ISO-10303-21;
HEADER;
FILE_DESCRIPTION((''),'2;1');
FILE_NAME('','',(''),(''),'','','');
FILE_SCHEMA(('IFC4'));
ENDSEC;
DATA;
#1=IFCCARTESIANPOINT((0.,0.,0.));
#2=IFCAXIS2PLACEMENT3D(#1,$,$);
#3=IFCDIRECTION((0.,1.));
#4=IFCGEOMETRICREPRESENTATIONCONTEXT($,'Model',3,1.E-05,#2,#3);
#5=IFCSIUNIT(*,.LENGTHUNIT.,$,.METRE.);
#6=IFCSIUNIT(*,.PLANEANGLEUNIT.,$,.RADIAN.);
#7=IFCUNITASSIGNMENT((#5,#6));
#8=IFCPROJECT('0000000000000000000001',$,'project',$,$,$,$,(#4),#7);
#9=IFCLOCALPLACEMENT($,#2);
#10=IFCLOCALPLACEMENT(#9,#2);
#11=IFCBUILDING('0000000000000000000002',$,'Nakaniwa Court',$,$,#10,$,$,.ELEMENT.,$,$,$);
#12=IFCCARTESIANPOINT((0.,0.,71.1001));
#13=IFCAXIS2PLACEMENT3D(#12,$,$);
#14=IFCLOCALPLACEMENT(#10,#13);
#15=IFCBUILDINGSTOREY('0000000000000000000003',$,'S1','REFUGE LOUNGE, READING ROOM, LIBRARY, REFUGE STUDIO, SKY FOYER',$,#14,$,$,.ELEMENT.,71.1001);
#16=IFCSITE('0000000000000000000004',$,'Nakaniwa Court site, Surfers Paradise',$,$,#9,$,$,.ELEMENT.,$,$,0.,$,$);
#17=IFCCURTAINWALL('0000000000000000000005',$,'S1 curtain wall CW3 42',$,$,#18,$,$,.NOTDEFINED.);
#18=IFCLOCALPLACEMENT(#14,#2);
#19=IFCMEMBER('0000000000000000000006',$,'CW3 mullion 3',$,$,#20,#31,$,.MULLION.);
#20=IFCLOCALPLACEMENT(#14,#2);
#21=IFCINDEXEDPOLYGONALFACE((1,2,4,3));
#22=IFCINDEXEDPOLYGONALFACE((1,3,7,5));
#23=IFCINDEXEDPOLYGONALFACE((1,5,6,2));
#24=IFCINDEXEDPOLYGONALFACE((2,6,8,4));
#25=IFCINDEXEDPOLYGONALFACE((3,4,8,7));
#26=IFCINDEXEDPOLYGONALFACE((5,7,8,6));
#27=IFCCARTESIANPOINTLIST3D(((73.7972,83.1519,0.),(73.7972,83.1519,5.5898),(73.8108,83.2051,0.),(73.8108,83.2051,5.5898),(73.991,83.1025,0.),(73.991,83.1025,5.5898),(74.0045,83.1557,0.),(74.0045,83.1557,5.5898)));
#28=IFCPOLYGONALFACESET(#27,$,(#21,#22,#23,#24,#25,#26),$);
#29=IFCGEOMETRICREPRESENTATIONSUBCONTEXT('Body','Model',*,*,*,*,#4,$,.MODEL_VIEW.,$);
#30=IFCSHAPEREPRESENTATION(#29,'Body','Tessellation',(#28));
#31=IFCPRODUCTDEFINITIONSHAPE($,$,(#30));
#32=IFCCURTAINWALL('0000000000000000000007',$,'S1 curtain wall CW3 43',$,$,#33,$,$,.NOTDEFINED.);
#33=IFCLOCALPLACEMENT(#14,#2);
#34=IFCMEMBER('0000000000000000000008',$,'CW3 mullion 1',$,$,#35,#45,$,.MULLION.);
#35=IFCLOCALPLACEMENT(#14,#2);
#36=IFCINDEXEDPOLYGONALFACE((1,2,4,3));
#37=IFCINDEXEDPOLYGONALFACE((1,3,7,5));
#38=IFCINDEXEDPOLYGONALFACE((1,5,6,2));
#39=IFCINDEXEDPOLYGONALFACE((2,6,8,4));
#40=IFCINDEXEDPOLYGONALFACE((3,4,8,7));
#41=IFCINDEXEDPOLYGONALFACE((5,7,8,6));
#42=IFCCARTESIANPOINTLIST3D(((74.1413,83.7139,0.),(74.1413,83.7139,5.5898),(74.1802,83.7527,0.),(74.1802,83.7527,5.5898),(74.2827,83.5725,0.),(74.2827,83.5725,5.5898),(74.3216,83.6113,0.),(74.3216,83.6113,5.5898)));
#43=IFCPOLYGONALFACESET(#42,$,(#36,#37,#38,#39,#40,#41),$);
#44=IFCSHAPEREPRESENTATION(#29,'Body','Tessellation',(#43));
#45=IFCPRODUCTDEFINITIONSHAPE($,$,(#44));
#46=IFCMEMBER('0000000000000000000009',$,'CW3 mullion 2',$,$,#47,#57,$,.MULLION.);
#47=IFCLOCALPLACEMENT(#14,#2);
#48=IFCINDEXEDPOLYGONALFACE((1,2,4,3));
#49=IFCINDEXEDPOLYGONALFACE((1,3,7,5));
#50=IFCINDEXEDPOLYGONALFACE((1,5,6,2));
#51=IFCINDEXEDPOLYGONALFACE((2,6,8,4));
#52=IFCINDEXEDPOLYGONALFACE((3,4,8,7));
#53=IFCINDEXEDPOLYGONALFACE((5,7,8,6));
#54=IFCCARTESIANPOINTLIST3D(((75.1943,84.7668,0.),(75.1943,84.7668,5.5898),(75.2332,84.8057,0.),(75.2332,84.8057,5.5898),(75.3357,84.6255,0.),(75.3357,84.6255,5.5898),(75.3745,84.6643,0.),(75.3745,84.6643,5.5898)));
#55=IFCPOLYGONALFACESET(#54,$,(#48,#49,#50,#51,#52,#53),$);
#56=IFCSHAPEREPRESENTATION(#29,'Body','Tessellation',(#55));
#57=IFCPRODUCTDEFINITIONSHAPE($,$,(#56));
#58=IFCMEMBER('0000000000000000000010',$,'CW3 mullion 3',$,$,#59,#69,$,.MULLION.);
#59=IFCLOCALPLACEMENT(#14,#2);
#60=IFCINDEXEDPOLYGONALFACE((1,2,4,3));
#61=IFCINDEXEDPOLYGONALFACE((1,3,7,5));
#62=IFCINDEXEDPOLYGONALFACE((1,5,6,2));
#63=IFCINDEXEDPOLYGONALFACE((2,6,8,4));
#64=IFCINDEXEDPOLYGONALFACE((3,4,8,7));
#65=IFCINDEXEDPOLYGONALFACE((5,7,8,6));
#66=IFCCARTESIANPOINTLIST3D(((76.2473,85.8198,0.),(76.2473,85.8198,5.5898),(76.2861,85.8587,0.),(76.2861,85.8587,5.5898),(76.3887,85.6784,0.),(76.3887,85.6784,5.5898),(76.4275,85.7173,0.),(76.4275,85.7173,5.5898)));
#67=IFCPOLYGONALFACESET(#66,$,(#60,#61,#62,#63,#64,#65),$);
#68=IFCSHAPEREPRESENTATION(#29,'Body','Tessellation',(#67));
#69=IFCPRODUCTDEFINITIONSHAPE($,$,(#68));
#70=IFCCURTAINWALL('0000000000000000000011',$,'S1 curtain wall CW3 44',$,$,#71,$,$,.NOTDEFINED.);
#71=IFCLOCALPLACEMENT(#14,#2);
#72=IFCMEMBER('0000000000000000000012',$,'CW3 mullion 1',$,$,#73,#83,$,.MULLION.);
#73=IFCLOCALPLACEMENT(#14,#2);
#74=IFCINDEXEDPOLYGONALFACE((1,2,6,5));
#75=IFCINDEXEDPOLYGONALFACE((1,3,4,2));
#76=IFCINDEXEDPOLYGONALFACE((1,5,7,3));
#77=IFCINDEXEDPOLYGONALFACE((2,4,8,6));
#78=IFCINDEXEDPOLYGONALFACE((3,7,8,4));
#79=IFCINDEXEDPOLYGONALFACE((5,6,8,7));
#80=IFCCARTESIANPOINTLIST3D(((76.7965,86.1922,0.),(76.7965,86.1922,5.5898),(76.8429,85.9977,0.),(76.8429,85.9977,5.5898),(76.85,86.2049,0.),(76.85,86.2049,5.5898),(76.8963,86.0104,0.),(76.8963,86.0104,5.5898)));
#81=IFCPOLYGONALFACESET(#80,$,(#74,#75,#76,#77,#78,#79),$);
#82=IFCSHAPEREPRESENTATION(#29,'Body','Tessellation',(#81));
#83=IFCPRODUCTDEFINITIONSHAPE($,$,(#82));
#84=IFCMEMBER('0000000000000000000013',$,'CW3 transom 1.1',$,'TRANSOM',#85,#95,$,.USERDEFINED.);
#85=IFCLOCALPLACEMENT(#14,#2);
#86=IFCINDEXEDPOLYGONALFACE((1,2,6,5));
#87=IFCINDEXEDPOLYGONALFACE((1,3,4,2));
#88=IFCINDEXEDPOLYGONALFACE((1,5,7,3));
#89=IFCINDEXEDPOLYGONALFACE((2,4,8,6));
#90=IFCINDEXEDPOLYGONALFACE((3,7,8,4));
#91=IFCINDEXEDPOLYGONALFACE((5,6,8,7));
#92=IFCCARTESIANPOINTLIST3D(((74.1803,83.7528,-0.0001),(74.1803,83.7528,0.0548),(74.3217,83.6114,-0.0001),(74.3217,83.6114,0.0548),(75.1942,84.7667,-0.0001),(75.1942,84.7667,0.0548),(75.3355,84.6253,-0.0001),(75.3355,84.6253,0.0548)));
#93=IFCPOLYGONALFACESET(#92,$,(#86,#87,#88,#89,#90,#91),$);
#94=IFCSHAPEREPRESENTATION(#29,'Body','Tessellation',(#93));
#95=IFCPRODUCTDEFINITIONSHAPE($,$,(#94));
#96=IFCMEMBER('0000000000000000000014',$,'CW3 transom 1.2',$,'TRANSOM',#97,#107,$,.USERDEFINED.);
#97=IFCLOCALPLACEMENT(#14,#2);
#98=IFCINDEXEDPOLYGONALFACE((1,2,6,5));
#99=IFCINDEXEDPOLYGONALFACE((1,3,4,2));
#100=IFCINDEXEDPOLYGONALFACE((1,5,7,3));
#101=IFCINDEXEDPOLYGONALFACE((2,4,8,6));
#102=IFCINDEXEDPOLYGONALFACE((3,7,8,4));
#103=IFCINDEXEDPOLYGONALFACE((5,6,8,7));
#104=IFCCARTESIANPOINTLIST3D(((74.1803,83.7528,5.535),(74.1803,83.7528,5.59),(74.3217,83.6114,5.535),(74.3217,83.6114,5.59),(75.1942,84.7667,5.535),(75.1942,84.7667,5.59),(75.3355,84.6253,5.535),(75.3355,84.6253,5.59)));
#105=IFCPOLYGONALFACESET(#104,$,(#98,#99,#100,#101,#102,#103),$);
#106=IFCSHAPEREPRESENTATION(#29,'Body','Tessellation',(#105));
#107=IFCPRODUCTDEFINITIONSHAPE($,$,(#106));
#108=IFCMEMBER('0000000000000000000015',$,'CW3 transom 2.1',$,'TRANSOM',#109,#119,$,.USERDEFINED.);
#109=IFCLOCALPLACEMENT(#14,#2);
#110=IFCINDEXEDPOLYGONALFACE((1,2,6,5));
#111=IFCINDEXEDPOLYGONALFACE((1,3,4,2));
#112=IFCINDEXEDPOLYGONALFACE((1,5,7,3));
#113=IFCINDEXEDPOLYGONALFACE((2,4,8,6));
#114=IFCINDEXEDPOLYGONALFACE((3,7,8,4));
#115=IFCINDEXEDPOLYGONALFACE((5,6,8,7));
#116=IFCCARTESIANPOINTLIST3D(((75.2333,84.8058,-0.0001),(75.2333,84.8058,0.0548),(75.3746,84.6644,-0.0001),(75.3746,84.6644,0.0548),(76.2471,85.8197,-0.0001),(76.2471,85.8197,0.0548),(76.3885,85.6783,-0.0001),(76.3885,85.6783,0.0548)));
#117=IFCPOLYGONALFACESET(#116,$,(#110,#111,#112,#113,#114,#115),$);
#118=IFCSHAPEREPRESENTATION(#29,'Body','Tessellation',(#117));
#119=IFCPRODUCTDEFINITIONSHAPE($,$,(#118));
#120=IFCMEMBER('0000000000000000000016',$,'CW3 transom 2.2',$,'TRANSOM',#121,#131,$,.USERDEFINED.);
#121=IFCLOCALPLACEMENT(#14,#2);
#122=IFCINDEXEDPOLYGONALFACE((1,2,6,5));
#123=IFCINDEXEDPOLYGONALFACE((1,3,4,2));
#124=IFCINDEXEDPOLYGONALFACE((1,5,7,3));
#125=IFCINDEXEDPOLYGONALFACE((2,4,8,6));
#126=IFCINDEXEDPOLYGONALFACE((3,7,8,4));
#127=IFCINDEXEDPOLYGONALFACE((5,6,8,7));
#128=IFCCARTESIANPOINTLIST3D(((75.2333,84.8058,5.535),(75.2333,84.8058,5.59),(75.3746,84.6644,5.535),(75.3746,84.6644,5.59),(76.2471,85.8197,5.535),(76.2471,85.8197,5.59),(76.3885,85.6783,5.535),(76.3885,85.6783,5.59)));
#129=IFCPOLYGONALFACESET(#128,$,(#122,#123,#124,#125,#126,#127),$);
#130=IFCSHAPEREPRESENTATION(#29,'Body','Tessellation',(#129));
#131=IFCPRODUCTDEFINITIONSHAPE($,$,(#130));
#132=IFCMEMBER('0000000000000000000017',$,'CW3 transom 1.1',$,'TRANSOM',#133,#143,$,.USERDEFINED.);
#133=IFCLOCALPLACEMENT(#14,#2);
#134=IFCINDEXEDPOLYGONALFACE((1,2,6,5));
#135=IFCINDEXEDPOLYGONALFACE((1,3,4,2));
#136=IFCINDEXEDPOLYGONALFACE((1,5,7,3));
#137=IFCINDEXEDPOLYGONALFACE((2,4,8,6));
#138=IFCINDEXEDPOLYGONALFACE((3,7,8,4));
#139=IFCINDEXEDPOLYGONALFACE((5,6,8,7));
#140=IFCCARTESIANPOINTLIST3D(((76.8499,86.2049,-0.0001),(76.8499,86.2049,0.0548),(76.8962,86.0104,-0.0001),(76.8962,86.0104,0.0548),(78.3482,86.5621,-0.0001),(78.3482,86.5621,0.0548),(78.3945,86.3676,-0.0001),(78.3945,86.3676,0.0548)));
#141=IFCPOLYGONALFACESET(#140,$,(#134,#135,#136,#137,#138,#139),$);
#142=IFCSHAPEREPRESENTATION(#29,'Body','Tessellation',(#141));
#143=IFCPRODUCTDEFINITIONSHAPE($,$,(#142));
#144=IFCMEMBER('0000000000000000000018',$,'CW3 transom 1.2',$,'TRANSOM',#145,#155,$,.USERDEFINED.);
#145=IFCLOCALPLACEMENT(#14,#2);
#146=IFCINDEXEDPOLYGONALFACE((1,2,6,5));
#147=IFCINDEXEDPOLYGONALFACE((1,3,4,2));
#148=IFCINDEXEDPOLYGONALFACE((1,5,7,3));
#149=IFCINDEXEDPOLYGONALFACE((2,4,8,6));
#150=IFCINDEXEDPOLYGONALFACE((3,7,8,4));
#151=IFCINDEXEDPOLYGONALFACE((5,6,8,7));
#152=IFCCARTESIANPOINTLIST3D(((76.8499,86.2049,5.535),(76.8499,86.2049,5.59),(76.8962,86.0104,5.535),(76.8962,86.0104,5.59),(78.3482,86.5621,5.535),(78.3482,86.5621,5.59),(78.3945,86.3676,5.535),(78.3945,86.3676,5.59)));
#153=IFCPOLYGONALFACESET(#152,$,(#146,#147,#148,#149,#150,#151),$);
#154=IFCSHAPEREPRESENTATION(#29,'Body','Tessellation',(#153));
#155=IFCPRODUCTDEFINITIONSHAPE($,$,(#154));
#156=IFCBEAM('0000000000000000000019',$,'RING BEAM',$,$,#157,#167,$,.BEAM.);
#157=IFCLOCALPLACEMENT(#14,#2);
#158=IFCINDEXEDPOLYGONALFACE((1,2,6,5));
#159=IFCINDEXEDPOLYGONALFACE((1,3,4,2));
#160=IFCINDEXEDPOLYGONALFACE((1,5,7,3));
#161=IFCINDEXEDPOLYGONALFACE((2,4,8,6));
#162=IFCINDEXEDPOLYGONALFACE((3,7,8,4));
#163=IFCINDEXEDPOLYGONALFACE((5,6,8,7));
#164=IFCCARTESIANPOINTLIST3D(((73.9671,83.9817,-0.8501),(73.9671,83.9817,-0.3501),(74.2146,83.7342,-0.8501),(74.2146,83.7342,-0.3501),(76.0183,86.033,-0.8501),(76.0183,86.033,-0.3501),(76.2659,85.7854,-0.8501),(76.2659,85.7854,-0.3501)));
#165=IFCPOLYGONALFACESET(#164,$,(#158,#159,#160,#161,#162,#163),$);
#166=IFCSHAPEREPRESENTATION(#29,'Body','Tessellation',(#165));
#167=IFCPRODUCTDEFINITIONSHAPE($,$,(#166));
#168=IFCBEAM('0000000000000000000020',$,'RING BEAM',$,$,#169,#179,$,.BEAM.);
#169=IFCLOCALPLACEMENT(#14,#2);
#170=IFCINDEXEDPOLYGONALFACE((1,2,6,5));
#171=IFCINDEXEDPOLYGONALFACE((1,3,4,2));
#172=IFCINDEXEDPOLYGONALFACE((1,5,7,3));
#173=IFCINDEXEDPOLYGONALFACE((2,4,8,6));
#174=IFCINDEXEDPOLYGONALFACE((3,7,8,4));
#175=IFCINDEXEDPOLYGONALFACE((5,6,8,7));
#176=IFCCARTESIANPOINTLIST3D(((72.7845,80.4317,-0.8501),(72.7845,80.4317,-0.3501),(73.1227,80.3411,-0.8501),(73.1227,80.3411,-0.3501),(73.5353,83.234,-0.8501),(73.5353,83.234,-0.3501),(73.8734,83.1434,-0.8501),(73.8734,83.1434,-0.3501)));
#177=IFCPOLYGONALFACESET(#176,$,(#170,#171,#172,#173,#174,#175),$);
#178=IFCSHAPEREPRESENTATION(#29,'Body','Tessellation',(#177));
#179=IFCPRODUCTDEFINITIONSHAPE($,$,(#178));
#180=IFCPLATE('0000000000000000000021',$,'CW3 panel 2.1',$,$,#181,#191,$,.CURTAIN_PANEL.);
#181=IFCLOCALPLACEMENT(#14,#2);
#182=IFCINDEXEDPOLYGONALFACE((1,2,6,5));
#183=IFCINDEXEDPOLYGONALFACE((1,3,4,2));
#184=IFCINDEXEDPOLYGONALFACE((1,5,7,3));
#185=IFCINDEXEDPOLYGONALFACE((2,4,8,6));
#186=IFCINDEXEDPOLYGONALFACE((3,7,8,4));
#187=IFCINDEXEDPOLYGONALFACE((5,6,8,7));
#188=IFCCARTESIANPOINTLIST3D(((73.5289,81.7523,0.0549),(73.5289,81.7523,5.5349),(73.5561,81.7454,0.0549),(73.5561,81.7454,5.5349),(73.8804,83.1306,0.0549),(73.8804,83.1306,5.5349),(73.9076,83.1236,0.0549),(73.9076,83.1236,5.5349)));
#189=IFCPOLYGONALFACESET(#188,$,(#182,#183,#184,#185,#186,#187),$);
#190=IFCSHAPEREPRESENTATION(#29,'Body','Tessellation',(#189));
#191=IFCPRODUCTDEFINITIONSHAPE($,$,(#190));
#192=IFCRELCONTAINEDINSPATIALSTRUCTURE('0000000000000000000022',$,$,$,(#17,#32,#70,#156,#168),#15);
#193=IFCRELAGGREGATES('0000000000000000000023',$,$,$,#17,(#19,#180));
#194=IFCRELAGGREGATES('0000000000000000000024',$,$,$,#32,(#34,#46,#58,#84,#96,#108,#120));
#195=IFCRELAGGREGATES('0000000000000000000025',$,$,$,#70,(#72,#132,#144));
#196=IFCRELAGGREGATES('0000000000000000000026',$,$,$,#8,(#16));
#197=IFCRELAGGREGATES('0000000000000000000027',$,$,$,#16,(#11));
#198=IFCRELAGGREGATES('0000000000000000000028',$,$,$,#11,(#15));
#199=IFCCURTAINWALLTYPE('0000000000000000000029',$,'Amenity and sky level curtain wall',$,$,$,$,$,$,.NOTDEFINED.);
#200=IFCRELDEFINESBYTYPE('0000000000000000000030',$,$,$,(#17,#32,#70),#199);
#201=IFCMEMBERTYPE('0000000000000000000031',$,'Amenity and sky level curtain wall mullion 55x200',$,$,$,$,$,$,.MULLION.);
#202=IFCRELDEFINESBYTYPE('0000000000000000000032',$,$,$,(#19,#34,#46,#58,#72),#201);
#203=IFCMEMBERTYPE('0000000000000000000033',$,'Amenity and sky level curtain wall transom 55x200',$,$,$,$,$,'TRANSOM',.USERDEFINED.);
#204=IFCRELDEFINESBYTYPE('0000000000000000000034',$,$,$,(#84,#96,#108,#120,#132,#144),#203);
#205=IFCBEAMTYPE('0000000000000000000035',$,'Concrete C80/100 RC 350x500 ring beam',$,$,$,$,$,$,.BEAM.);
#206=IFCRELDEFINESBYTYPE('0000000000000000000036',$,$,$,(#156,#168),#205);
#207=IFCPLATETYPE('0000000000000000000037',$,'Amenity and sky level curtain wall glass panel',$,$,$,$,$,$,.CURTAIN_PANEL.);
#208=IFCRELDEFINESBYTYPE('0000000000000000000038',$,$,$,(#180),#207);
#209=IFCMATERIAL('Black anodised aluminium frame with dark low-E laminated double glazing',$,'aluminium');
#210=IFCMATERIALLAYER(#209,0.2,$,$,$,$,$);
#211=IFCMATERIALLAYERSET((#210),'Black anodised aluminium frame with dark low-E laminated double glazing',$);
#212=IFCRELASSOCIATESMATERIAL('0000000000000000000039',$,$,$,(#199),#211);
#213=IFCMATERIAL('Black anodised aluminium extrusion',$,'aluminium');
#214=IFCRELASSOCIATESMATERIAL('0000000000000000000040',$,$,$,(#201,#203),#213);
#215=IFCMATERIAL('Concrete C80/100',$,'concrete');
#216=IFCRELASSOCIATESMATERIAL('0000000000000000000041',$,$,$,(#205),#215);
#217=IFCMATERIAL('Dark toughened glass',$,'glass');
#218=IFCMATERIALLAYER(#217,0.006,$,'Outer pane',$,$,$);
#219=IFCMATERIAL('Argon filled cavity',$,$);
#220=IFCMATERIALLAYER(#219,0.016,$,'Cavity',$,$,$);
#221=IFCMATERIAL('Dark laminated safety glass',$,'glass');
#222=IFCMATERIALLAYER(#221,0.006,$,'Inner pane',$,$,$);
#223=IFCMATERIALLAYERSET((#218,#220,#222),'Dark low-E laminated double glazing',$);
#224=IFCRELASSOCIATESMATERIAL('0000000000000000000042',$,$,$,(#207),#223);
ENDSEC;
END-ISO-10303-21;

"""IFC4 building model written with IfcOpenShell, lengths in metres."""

from ifc_helpers import new_model, si_unit, direction, frame, origin, origin_2d, place, context, subcontext, project, spatial, rectangle, extrude, material, layer, layer_set, material_profile, profile_set, type_object, element, aggregate, save


model = new_model("IFC4")

# Units and contexts
model_context = context("Model", 3, precision=1e-05, world=origin(), true_north=direction((0.0, 1.0)))
body_context = subcontext(model_context, "Body", "Model", "MODEL_VIEW")
ifc_project = project(units=[si_unit("LENGTHUNIT", "METRE"), si_unit("PLANEANGLEUNIT", "RADIAN")], contexts=[model_context])

# Site, building, storey
site_placement = place(None, origin())
site = spatial("IfcSite", under=ifc_project, at=site_placement, Name="Nakaniwa Court site, Surfers Paradise", CompositionType="ELEMENT", RefElevation=0.0)
building_placement = place(site_placement, origin())
building = spatial("IfcBuilding", under=site, at=building_placement, Name="Nakaniwa Court", CompositionType="ELEMENT")
storey_placement = place(building_placement, frame((0.0, 0.0, 71.1001)))
storey = spatial("IfcBuildingStorey", under=building, at=storey_placement, Name="S1", Description="REFUGE LOUNGE, READING ROOM, LIBRARY, REFUGE STUDIO, SKY FOYER", CompositionType="ELEMENT", Elevation=71.1001)

# Shared definitions
ifc_material_1 = material(Name="Concrete C80/100", Category="concrete")

# Curtain wall, member
ifc_material_2 = material(Name="Black anodised aluminium frame with dark low-E laminated double glazing", Category="aluminium")
ifc_layer_1 = layer(ifc_material_2, 0.2)
ifc_layer_set_1 = layer_set([ifc_layer_1], Name="Black anodised aluminium frame with dark low-E laminated double glazing")
curtain_wall_type = type_object("IfcCurtainWallType", Name="Amenity and sky level curtain wall", PredefinedType="NOTDEFINED", material=ifc_layer_set_1)
curtain_wall_1_placement = place(storey_placement, origin())
curtain_wall_1 = element("IfcCurtainWall", 1, at=curtain_wall_1_placement, inside=storey, type_object=curtain_wall_type, Name="S1 curtain wall CW3 42", PredefinedType="NOTDEFINED")
ifc_material_3 = material(Name="Black anodised aluminium extrusion", Category="aluminium")
ifc_material_profile_1 = material_profile(ifc_material_3, rectangle(XDim=0.2, YDim=0.0549, at=origin_2d()), Name="Amenity and sky level curtain wall mullion 55x200")
ifc_profile_set_1 = profile_set([ifc_material_profile_1], Name="Black anodised aluminium extrusion")
member_type_1 = type_object("IfcMemberType", Name="Amenity and sky level curtain wall mullion 55x200", PredefinedType="MULLION", material=ifc_profile_set_1)
member_1_placement = place(storey_placement, frame((73.9009, 83.1538, 0.0), z_axis=(0.0, 0.0, 1.0), x_axis=(-0.968986, 0.247114, 0.0)))
member_1 = element("IfcMember", 2, at=member_1_placement, type_object=member_type_1, Name="CW3 mullion 3", PredefinedType="MULLION", context=body_context, shape_type="SweptSolid", body=[
    extrude(rectangle(XDim=0.2, YDim=0.0549, at=origin_2d()), origin(), (0.0, 0.0, 1.0), 5.5898),
])

# Curtain wall, members
curtain_wall_2_placement = place(storey_placement, origin())
curtain_wall_2 = element("IfcCurtainWall", 3, at=curtain_wall_2_placement, inside=storey, type_object=curtain_wall_type, Name="S1 curtain wall CW3 43", PredefinedType="NOTDEFINED")
member_2_placement = place(storey_placement, frame((74.2314, 83.6626, 0.0), z_axis=(0.0, 0.0, 1.0), x_axis=(-0.707107, 0.707107, 0.0)))
member_2 = element("IfcMember", 4, at=member_2_placement, type_object=member_type_1, Name="CW3 mullion 1", PredefinedType="MULLION", context=body_context, shape_type="SweptSolid", body=[
    extrude(rectangle(XDim=0.2, YDim=0.0549, at=origin_2d()), origin(), (0.0, 0.0, 1.0), 5.5898),
])
member_3_placement = place(storey_placement, frame((75.2844, 84.7156, 0.0), z_axis=(0.0, 0.0, 1.0), x_axis=(-0.707107, 0.707107, 0.0)))
member_3 = element("IfcMember", 5, at=member_3_placement, type_object=member_type_1, Name="CW3 mullion 2", PredefinedType="MULLION", context=body_context, shape_type="SweptSolid", body=[
    extrude(rectangle(XDim=0.2, YDim=0.0549, at=origin_2d()), origin(), (0.0, 0.0, 1.0), 5.5898),
])
member_4_placement = place(storey_placement, frame((76.3374, 85.7686, 0.0), z_axis=(0.0, 0.0, 1.0), x_axis=(-0.707107, 0.707107, 0.0)))
member_4 = element("IfcMember", 6, at=member_4_placement, type_object=member_type_1, Name="CW3 mullion 3", PredefinedType="MULLION", context=body_context, shape_type="SweptSolid", body=[
    extrude(rectangle(XDim=0.2, YDim=0.0549, at=origin_2d()), origin(), (0.0, 0.0, 1.0), 5.5898),
])

# Curtain wall, member
curtain_wall_3_placement = place(storey_placement, origin())
curtain_wall_3 = element("IfcCurtainWall", 7, at=curtain_wall_3_placement, inside=storey, type_object=curtain_wall_type, Name="S1 curtain wall CW3 44", PredefinedType="NOTDEFINED")
member_5_placement = place(storey_placement, frame((76.8464, 86.1013, 0.0), z_axis=(0.0, 0.0, 1.0), x_axis=(-0.231791, 0.972766, 0.0)))
member_5 = element("IfcMember", 8, at=member_5_placement, type_object=member_type_1, Name="CW3 mullion 1", PredefinedType="MULLION", context=body_context, shape_type="SweptSolid", body=[
    extrude(rectangle(XDim=0.2, YDim=0.0549, at=origin_2d()), origin(), (0.0, 0.0, 1.0), 5.5898),
])

# Members
ifc_material_profile_2 = material_profile(ifc_material_3, rectangle(XDim=0.2, YDim=0.0549, at=origin_2d()), Name="Amenity and sky level curtain wall transom 55x200")
ifc_profile_set_2 = profile_set([ifc_material_profile_2], Name="Black anodised aluminium extrusion")
member_type_2 = type_object("IfcMemberType", Name="Amenity and sky level curtain wall transom 55x200", ElementType="TRANSOM", PredefinedType="USERDEFINED", material=ifc_profile_set_2)
member_6_placement = place(storey_placement, frame((74.251, 83.6821, 0.0273), z_axis=(0.707107, 0.707107, 0.0), x_axis=(-0.707107, 0.707107, 0.0)))
member_6 = element("IfcMember", 9, at=member_6_placement, type_object=member_type_2, Name="CW3 transom 1.1", ObjectType="TRANSOM", PredefinedType="USERDEFINED", context=body_context, shape_type="SweptSolid", body=[
    extrude(rectangle(XDim=0.2, YDim=0.0549, at=origin_2d()), origin(), (0.0, 0.0, 1.0), 1.4338),
])
member_7_placement = place(storey_placement, frame((74.251, 83.6821, 5.5625), z_axis=(0.707107, 0.707107, 0.0), x_axis=(-0.707107, 0.707107, 0.0)))
member_7 = element("IfcMember", 10, at=member_7_placement, type_object=member_type_2, Name="CW3 transom 1.2", ObjectType="TRANSOM", PredefinedType="USERDEFINED", context=body_context, shape_type="SweptSolid", body=[
    extrude(rectangle(XDim=0.2, YDim=0.0549, at=origin_2d()), origin(), (0.0, 0.0, 1.0), 1.4338),
])
member_8_placement = place(storey_placement, frame((75.304, 84.7351, 0.0273), z_axis=(0.707107, 0.707107, 0.0), x_axis=(-0.707107, 0.707107, 0.0)))
member_8 = element("IfcMember", 11, at=member_8_placement, type_object=member_type_2, Name="CW3 transom 2.1", ObjectType="TRANSOM", PredefinedType="USERDEFINED", context=body_context, shape_type="SweptSolid", body=[
    extrude(rectangle(XDim=0.2, YDim=0.0549, at=origin_2d()), origin(), (0.0, 0.0, 1.0), 1.4338),
])
member_9_placement = place(storey_placement, frame((75.304, 84.7351, 5.5625), z_axis=(0.707107, 0.707107, 0.0), x_axis=(-0.707107, 0.707107, 0.0)))
member_9 = element("IfcMember", 12, at=member_9_placement, type_object=member_type_2, Name="CW3 transom 2.2", ObjectType="TRANSOM", PredefinedType="USERDEFINED", context=body_context, shape_type="SweptSolid", body=[
    extrude(rectangle(XDim=0.2, YDim=0.0549, at=origin_2d()), origin(), (0.0, 0.0, 1.0), 1.4338),
])
member_10_placement = place(storey_placement, frame((76.873, 86.1077, 0.0273), z_axis=(0.972742, 0.231892, 0.0), x_axis=(-0.231892, 0.972742, 0.0)))
member_10 = element("IfcMember", 13, at=member_10_placement, type_object=member_type_2, Name="CW3 transom 1.1", ObjectType="TRANSOM", PredefinedType="USERDEFINED", context=body_context, shape_type="SweptSolid", body=[
    extrude(rectangle(XDim=0.2, YDim=0.0549, at=origin_2d()), origin(), (0.0, 0.0, 1.0), 1.5403),
])
member_11_placement = place(storey_placement, frame((76.873, 86.1077, 5.5625), z_axis=(0.972742, 0.231892, 0.0), x_axis=(-0.231892, 0.972742, 0.0)))
member_11 = element("IfcMember", 14, at=member_11_placement, type_object=member_type_2, Name="CW3 transom 1.2", ObjectType="TRANSOM", PredefinedType="USERDEFINED", context=body_context, shape_type="SweptSolid", body=[
    extrude(rectangle(XDim=0.2, YDim=0.0549, at=origin_2d()), origin(), (0.0, 0.0, 1.0), 1.5403),
])

# Beams
ifc_material_profile_3 = material_profile(ifc_material_1, rectangle(XDim=0.3501, YDim=0.5, at=origin_2d()), Name="Concrete C80/100 RC 350x500 ring beam")
ifc_profile_set_3 = profile_set([ifc_material_profile_3], Name="Concrete C80/100")
beam_type = type_object("IfcBeamType", Name="Concrete C80/100 RC 350x500 ring beam", PredefinedType="BEAM", material=ifc_profile_set_3)
beam_1_placement = place(storey_placement, frame((76.1421, 85.9092, -0.6001), z_axis=(-0.707107, -0.707107, 0.0), x_axis=(0.707107, -0.707107, 0.0)))
element("IfcBeam", 15, at=beam_1_placement, inside=storey, type_object=beam_type, Name="RING BEAM", PredefinedType="BEAM", context=body_context, shape_type="SweptSolid", body=[
    extrude(rectangle(XDim=0.3501, YDim=0.5, at=origin_2d()), origin(), (0.0, 0.0, 1.0), 2.9009),
])
beam_2_placement = place(storey_placement, frame((73.7043, 83.1887, -0.6001), z_axis=(-0.258778, -0.965937, 0.0), x_axis=(0.965937, -0.258778, 0.0)))
element("IfcBeam", 16, at=beam_2_placement, inside=storey, type_object=beam_type, Name="RING BEAM", PredefinedType="BEAM", context=body_context, shape_type="SweptSolid", body=[
    extrude(rectangle(XDim=0.3501, YDim=0.5, at=origin_2d()), origin(), (0.0, 0.0, 1.0), 2.9011),
])

# Plate
ifc_material_4 = material(Name="Dark toughened glass", Category="glass")
ifc_layer_2 = layer(ifc_material_4, 0.006, Name="Outer pane")
ifc_material_5 = material(Name="Argon filled cavity")
ifc_layer_3 = layer(ifc_material_5, 0.016, Name="Cavity")
ifc_material_6 = material(Name="Dark laminated safety glass", Category="glass")
ifc_layer_4 = layer(ifc_material_6, 0.006, Name="Inner pane")
ifc_layer_set_2 = layer_set([ifc_layer_2, ifc_layer_3, ifc_layer_4], Name="Dark low-E laminated double glazing")
plate_type = type_object("IfcPlateType", Name="Amenity and sky level curtain wall glass panel", PredefinedType="CURTAIN_PANEL", material=ifc_layer_set_2)
plate_1_placement = place(storey_placement, frame((73.7183, 82.438, 0.0549), z_axis=(0.0, 0.0, 1.0), x_axis=(0.247114, 0.968986, 0.0)))
plate_1 = element("IfcPlate", 17, at=plate_1_placement, type_object=plate_type, Name="CW3 panel 2.1", PredefinedType="CURTAIN_PANEL", context=body_context, shape_type="SweptSolid", body=[
    extrude(rectangle(XDim=1.4224, YDim=0.0281, at=origin_2d()), origin(), (0.0, 0.0, 1.0), 5.48),
])
aggregate(curtain_wall_1, [member_1, plate_1])
aggregate(curtain_wall_2, [member_2, member_3, member_4, member_6, member_7, member_8, member_9])
aggregate(curtain_wall_3, [member_5, member_10, member_11])

save(model, "model.ifc")
